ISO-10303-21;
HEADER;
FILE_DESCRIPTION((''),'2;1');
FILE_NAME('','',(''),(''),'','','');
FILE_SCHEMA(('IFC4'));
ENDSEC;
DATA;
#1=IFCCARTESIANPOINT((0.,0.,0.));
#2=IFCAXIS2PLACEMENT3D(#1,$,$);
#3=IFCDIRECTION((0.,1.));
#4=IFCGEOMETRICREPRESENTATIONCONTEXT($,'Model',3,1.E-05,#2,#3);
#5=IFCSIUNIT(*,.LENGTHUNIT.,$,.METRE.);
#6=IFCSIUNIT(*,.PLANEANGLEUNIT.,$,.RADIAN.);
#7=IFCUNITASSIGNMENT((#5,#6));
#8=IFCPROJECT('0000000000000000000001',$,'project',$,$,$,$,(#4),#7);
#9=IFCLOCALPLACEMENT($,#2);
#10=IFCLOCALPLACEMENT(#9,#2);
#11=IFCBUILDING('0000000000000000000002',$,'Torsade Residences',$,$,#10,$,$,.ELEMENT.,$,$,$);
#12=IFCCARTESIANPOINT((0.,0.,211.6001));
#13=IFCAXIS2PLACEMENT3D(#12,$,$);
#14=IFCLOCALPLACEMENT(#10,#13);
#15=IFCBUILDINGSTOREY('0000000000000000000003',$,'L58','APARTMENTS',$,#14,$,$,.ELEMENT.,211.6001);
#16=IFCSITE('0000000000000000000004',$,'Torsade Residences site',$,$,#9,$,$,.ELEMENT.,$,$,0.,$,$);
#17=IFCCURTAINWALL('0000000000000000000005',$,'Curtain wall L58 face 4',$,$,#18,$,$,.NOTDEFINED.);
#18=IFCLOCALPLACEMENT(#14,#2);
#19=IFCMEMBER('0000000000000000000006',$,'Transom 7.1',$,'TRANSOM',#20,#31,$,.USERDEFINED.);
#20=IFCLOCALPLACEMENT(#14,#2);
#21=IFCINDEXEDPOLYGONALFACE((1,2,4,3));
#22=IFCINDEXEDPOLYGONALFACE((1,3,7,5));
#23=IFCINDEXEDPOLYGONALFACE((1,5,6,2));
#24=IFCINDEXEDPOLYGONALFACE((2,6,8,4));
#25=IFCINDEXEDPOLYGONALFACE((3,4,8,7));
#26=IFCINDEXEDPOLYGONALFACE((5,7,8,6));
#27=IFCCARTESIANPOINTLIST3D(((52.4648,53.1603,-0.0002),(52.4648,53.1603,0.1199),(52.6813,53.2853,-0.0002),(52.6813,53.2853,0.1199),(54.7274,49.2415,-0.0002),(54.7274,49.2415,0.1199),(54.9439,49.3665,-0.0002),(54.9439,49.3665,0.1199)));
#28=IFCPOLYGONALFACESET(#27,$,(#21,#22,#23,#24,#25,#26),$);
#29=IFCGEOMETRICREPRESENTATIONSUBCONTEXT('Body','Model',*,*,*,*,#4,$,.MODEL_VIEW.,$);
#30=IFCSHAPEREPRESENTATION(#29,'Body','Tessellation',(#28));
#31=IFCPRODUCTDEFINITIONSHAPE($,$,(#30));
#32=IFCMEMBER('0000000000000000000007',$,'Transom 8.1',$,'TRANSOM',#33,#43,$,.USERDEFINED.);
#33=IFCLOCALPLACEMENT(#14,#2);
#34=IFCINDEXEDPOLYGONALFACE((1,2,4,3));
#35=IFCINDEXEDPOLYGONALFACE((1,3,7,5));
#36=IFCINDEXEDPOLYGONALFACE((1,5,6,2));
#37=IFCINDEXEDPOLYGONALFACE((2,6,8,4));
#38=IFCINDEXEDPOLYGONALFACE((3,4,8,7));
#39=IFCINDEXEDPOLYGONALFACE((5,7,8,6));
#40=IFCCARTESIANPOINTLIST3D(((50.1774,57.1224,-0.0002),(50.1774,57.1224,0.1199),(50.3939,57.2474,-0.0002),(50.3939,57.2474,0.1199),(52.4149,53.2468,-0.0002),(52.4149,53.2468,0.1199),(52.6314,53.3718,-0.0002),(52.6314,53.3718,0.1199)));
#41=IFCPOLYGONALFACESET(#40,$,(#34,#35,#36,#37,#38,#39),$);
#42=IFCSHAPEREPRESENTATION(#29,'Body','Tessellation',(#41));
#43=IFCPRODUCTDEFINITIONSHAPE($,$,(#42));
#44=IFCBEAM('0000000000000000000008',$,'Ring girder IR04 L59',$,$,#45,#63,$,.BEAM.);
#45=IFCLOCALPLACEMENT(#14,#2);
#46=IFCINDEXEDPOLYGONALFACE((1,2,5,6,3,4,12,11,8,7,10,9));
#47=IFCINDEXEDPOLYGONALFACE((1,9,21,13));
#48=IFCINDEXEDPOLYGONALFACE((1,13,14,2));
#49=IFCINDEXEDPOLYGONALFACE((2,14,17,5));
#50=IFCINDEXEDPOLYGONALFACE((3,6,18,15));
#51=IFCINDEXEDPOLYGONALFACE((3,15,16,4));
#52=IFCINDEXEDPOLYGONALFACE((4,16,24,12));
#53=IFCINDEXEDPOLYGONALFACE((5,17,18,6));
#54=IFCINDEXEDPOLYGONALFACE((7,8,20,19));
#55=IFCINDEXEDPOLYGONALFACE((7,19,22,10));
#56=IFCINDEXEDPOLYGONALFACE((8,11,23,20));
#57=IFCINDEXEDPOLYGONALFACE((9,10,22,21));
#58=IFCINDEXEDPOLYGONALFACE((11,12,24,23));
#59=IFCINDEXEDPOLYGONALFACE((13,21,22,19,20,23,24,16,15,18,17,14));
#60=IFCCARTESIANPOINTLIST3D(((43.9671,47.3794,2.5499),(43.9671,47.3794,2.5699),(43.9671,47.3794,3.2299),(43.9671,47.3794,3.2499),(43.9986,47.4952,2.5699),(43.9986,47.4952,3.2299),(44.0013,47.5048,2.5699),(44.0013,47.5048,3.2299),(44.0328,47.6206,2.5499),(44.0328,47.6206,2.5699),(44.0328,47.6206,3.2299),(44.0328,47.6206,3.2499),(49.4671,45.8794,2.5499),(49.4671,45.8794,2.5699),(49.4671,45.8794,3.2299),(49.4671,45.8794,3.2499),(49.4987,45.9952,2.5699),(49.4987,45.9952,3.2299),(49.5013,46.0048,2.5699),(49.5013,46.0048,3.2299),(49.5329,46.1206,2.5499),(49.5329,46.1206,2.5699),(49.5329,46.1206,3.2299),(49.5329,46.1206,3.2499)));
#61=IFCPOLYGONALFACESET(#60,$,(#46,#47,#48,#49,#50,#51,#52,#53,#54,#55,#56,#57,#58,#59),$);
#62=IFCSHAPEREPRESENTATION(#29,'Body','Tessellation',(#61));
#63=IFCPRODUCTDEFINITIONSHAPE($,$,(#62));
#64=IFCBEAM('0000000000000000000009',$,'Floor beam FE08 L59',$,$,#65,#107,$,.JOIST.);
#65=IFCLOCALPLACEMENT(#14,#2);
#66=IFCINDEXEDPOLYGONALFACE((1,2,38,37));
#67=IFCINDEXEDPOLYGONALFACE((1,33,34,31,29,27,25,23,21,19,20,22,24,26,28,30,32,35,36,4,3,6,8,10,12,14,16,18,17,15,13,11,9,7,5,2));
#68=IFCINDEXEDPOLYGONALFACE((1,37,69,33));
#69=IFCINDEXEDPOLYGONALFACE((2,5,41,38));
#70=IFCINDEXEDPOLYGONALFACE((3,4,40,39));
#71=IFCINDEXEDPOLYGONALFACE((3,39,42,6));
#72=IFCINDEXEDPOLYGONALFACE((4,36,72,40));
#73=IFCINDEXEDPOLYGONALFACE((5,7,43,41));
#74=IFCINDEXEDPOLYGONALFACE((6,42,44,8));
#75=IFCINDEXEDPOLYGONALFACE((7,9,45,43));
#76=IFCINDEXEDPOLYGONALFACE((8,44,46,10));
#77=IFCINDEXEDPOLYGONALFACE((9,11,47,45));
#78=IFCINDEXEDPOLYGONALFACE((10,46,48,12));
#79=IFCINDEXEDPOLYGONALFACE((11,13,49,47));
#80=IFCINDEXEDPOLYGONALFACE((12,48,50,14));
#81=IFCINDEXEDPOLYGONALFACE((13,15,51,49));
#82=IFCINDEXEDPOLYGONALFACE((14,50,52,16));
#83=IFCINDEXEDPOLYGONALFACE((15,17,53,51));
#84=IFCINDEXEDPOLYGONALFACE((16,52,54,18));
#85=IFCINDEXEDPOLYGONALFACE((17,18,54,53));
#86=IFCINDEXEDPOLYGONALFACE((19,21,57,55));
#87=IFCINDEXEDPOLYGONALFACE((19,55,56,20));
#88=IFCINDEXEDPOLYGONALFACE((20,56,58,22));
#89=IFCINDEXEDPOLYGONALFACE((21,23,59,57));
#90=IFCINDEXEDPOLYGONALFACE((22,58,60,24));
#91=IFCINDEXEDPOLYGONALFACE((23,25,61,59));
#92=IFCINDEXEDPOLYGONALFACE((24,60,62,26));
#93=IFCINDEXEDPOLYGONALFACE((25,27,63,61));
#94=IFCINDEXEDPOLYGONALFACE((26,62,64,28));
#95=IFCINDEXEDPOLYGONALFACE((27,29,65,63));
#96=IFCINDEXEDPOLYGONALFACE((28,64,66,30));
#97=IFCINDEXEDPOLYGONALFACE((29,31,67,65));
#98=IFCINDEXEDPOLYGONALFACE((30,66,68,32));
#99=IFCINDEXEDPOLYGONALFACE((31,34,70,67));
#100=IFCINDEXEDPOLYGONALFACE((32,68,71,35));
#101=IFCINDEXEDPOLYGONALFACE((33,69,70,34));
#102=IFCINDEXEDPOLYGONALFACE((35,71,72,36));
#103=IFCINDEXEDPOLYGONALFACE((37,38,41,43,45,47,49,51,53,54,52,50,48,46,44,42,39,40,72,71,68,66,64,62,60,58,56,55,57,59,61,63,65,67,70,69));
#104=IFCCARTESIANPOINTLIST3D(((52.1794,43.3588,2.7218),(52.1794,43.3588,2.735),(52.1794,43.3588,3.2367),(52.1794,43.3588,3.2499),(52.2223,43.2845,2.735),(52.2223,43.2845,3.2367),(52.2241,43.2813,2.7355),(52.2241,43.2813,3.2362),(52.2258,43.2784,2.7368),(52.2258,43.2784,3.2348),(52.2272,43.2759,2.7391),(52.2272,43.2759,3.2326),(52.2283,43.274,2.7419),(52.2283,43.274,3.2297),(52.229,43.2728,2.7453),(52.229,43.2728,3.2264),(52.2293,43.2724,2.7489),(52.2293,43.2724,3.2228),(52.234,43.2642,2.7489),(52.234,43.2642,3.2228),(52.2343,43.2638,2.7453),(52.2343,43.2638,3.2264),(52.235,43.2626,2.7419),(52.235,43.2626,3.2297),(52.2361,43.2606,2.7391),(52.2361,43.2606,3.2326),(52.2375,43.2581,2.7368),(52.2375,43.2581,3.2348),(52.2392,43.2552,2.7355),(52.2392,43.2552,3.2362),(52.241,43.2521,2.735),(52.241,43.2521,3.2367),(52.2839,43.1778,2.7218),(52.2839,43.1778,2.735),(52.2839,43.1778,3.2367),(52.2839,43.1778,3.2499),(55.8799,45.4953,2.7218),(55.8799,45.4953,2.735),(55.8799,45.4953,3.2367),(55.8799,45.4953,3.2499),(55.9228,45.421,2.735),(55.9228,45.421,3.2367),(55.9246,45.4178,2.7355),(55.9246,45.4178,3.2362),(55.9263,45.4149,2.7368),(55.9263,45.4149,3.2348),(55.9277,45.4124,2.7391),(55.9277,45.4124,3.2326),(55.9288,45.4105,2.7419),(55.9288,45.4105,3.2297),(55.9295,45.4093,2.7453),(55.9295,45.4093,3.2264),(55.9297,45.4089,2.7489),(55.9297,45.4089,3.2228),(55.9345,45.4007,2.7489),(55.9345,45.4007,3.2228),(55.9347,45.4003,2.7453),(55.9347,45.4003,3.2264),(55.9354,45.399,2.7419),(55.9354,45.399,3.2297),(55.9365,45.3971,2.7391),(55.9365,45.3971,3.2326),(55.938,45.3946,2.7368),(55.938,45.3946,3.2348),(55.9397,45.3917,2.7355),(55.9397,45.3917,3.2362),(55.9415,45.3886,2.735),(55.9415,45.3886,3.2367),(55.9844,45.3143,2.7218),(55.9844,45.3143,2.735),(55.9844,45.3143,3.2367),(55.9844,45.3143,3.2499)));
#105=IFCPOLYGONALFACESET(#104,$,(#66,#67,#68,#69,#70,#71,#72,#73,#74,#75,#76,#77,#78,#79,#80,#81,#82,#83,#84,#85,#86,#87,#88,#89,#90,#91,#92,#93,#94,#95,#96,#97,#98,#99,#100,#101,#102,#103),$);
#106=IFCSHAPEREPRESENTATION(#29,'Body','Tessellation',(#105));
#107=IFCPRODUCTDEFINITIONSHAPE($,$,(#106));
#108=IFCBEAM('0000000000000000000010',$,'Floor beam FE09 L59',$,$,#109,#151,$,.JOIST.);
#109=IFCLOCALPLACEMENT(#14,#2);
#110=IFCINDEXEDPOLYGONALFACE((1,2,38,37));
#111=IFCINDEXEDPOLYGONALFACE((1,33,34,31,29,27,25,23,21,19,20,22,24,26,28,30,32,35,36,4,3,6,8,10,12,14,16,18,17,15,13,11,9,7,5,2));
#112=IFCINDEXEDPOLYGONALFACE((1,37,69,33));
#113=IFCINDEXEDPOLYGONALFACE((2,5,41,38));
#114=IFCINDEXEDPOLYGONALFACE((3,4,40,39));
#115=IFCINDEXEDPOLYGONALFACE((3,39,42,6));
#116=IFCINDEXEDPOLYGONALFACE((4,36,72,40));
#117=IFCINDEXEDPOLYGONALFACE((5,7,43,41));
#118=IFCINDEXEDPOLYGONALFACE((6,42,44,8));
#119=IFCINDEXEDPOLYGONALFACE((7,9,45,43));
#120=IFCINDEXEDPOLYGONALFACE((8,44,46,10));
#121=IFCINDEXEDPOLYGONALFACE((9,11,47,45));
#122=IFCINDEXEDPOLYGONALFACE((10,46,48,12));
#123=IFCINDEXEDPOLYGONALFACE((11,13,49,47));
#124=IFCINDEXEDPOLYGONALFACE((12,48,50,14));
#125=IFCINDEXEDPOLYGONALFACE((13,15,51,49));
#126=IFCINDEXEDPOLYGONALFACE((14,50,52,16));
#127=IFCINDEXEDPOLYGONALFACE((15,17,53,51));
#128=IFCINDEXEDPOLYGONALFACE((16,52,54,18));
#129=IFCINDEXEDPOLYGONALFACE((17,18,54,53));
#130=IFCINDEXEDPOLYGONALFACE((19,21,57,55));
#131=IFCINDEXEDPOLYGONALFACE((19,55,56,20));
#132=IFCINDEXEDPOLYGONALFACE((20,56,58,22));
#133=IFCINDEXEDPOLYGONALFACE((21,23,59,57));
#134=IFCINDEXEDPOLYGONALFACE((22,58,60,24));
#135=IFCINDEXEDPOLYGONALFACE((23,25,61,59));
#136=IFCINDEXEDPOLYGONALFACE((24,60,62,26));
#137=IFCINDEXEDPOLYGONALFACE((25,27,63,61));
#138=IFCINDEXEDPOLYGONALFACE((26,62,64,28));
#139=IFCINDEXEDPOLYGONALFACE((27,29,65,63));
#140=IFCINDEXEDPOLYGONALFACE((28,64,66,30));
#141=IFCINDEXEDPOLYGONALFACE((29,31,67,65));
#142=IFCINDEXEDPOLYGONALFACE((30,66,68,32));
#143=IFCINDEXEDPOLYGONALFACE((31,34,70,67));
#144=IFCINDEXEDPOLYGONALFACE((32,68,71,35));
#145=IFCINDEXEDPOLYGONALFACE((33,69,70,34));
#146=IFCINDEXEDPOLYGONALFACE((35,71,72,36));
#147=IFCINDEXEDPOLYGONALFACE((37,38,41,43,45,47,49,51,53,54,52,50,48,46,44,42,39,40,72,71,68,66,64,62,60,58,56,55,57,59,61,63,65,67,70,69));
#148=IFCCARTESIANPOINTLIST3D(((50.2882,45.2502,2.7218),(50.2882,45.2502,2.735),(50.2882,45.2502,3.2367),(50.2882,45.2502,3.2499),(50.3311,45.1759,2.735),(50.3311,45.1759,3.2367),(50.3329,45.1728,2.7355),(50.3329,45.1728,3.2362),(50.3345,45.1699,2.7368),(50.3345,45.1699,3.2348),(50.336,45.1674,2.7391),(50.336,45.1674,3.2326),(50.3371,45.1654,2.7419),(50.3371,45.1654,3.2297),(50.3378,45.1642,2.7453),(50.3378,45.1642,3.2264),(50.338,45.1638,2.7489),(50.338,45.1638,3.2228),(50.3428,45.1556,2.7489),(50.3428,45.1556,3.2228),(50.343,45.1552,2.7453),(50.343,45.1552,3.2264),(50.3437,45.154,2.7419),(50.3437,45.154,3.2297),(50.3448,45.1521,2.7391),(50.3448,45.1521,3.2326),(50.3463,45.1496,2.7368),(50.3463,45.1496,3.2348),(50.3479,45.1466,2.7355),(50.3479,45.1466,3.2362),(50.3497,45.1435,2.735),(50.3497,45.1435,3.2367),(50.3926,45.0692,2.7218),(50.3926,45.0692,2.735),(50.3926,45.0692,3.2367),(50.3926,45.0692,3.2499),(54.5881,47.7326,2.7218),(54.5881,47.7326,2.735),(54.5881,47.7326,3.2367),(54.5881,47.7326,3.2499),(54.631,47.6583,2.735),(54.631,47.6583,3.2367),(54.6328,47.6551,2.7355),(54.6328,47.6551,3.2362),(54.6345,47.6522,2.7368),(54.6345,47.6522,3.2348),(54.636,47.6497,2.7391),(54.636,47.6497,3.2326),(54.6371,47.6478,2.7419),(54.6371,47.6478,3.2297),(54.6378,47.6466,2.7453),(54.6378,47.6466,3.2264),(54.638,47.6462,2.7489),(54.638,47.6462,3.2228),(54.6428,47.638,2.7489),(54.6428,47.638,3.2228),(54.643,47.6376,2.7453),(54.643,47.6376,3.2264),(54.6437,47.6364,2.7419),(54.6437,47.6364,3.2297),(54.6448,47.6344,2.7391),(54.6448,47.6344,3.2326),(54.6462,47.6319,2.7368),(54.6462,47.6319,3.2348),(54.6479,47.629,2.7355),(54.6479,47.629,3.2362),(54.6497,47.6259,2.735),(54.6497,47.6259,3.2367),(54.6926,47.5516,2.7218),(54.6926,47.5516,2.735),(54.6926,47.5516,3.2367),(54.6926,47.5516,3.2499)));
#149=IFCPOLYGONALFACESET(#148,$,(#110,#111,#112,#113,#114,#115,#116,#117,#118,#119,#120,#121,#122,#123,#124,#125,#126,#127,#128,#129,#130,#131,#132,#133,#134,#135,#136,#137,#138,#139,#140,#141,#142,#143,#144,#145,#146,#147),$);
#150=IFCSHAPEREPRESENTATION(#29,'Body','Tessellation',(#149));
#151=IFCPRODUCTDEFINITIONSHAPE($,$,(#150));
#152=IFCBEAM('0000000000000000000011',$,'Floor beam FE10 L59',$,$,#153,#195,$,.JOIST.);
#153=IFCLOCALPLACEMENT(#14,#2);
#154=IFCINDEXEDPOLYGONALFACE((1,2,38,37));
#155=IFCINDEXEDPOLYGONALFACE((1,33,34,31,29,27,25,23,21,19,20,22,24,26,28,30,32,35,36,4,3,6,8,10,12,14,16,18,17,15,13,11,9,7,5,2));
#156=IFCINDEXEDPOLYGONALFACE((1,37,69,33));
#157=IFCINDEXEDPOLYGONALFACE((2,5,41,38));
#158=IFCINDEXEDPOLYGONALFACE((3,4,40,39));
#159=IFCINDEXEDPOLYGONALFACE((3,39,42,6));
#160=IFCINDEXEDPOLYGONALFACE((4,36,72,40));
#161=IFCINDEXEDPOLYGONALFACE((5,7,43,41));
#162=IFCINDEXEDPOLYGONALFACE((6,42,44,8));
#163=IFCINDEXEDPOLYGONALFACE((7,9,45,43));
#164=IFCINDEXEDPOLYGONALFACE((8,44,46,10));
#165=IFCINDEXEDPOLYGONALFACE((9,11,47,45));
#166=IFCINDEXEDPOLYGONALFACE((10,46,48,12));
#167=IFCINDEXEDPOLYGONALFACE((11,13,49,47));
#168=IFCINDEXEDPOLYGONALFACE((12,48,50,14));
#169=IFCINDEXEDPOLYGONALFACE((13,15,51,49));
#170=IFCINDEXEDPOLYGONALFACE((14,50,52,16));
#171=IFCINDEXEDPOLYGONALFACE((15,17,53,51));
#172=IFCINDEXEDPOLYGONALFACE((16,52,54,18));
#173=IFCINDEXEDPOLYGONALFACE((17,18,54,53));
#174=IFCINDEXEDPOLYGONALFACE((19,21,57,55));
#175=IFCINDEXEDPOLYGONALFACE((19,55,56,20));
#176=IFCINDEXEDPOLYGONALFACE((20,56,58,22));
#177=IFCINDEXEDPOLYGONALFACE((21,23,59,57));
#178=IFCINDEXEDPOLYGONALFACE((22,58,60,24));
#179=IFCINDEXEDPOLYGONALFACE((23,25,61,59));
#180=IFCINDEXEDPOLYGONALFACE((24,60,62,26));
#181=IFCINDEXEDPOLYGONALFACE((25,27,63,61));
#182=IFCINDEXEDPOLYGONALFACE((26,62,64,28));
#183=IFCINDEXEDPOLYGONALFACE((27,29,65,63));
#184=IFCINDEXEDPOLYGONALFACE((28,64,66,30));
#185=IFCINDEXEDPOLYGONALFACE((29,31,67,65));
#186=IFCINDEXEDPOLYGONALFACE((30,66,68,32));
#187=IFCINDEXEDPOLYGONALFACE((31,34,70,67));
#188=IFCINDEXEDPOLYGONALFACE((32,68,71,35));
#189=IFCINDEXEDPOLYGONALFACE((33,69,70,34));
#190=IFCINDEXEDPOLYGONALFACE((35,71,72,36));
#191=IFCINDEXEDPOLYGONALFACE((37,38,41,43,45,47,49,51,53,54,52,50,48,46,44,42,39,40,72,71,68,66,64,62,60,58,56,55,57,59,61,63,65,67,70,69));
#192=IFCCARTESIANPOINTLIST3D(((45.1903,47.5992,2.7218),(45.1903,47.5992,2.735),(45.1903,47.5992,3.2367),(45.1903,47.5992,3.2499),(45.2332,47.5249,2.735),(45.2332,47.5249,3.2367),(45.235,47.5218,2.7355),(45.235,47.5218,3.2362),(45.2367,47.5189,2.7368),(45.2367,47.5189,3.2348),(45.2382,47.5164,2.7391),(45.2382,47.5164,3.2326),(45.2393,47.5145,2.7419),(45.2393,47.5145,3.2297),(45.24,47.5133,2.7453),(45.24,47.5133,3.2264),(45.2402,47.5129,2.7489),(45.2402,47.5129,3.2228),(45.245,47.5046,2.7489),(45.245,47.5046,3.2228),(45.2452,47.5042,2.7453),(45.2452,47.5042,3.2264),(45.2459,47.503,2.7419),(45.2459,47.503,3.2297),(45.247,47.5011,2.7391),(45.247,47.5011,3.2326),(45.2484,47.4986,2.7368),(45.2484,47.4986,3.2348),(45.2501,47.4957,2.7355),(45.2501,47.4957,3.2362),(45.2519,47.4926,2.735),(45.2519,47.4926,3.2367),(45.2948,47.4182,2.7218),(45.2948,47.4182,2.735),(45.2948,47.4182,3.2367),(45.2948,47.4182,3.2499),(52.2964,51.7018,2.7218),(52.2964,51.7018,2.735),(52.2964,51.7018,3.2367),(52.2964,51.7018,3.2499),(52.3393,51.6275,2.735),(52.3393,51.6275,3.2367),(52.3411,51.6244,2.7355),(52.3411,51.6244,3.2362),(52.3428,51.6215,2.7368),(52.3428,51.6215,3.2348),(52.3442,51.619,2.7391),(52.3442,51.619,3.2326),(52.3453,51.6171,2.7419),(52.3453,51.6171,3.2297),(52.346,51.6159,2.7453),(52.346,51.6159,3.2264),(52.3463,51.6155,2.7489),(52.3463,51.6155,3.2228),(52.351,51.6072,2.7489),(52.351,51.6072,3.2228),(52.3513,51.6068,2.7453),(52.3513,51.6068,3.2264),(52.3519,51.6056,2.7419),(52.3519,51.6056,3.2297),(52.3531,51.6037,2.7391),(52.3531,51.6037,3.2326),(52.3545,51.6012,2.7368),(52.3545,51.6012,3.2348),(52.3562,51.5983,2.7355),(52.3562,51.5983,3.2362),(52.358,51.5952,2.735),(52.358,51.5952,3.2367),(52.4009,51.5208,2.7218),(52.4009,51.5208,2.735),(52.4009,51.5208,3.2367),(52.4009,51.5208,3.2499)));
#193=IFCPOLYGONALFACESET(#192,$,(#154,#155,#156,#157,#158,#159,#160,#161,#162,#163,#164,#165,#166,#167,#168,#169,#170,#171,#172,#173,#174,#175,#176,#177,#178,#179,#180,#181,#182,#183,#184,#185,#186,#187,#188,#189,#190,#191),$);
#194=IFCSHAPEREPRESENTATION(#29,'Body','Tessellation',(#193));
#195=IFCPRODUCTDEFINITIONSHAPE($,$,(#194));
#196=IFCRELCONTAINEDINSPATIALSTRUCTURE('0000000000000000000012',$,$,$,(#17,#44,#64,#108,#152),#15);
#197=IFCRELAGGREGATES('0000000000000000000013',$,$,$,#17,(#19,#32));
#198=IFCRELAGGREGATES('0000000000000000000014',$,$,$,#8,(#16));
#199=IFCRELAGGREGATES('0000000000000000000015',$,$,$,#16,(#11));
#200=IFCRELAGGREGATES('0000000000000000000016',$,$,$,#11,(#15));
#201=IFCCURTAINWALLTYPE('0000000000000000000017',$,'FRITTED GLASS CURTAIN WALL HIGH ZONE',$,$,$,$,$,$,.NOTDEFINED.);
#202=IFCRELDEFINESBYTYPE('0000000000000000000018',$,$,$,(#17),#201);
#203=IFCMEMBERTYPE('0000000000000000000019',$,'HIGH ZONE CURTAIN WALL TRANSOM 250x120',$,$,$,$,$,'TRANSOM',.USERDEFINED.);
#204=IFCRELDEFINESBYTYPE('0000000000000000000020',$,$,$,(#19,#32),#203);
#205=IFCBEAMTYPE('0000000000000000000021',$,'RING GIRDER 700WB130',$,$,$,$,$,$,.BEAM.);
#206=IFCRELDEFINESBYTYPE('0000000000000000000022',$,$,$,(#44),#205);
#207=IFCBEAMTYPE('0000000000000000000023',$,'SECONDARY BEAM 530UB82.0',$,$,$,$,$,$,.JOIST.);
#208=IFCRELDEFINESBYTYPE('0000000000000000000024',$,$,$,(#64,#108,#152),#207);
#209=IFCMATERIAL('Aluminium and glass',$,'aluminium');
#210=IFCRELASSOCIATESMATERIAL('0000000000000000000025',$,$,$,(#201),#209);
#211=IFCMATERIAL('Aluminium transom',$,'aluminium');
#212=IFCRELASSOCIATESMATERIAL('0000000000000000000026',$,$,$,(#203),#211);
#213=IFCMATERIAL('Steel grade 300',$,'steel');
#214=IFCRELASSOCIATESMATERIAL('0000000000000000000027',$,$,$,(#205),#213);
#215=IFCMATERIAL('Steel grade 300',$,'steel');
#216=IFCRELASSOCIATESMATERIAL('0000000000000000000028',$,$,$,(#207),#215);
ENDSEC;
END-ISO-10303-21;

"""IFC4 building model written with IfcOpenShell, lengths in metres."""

from ifc_helpers import new_model, si_unit, direction, frame, origin, origin_2d, place, context, subcontext, project, spatial, rectangle, i_section, extrude, material, material_profile, profile_set, type_object, element, aggregate, save


model = new_model("IFC4")

# Units and contexts
model_context = context("Model", 3, precision=1e-05, world=origin(), true_north=direction((0.0, 1.0)))
body_context = subcontext(model_context, "Body", "Model", "MODEL_VIEW")
ifc_project = project(units=[si_unit("LENGTHUNIT", "METRE"), si_unit("PLANEANGLEUNIT", "RADIAN")], contexts=[model_context])

# Site, building, storey
site_placement = place(None, origin())
site = spatial("IfcSite", under=ifc_project, at=site_placement, Name="Torsade Residences site", CompositionType="ELEMENT", RefElevation=0.0)
building_placement = place(site_placement, origin())
building = spatial("IfcBuilding", under=site, at=building_placement, Name="Torsade Residences", CompositionType="ELEMENT")
storey_placement = place(building_placement, frame((0.0, 0.0, 211.6001)))
storey = spatial("IfcBuildingStorey", under=building, at=storey_placement, Name="L58", Description="APARTMENTS", CompositionType="ELEMENT", Elevation=211.6001)

# Curtain wall, members
ifc_material_1 = material(Name="Aluminium and glass", Category="aluminium")
curtain_wall_type = type_object("IfcCurtainWallType", Name="FRITTED GLASS CURTAIN WALL HIGH ZONE", PredefinedType="NOTDEFINED", material=ifc_material_1)
curtain_wall_placement = place(storey_placement, origin())
curtain_wall = element("IfcCurtainWall", 1, at=curtain_wall_placement, inside=storey, type_object=curtain_wall_type, Name="Curtain wall L58 face 4", PredefinedType="NOTDEFINED")
ifc_material_2 = material(Name="Aluminium transom", Category="aluminium")
ifc_material_profile_1 = material_profile(ifc_material_2, rectangle(XDim=0.25, YDim=0.1201, at=origin_2d()), Name="HIGH ZONE CURTAIN WALL TRANSOM 250x120")
ifc_profile_set_1 = profile_set([ifc_material_profile_1], Name="Aluminium transom")
member_type_1 = type_object("IfcMemberType", Name="HIGH ZONE CURTAIN WALL TRANSOM 250x120", ElementType="TRANSOM", PredefinedType="USERDEFINED", material=ifc_profile_set_1)
member_1_placement = place(storey_placement, frame((54.8357, 49.304, 0.0598), z_axis=(-0.500015, 0.866017, 0.0), x_axis=(-0.866017, -0.500015, 0.0)))
member_1 = element("IfcMember", 2, at=member_1_placement, type_object=member_type_1, Name="Transom 7.1", ObjectType="TRANSOM", PredefinedType="USERDEFINED", context=body_context, shape_type="SweptSolid", body=[
    extrude(rectangle(XDim=0.25, YDim=0.1201, at=origin_2d()), origin(), (0.0, 0.0, 1.0), 4.5251),
])
member_2_placement = place(storey_placement, frame((52.5232, 53.3093, 0.0598), z_axis=(-0.500006, 0.866022, 0.0), x_axis=(-0.866022, -0.500006, 0.0)))
member_2 = element("IfcMember", 3, at=member_2_placement, type_object=member_type_1, Name="Transom 8.1", ObjectType="TRANSOM", PredefinedType="USERDEFINED", context=body_context, shape_type="SweptSolid", body=[
    extrude(rectangle(XDim=0.25, YDim=0.1201, at=origin_2d()), origin(), (0.0, 0.0, 1.0), 4.4751),
])

# Beams
ifc_material_3 = material(Name="Steel grade 300", Category="steel")
ifc_material_profile_2 = material_profile(ifc_material_3, i_section(OverallWidth=0.25, OverallDepth=0.7, WebThickness=0.01, FlangeThickness=0.02, at=origin_2d()), Name="700WB130")
ifc_profile_set_2 = profile_set([ifc_material_profile_2], Name="Steel grade 300")
beam_type_1 = type_object("IfcBeamType", Name="RING GIRDER 700WB130", PredefinedType="BEAM", material=ifc_profile_set_2)
beam_1_placement = place(storey_placement, frame((49.5, 46.0, 2.8999), z_axis=(-0.964764, 0.263117, 0.0), x_axis=(-0.263117, -0.964764, 0.0)))
element("IfcBeam", 4, at=beam_1_placement, inside=storey, type_object=beam_type_1, Name="Ring girder IR04 L59", PredefinedType="BEAM", context=body_context, shape_type="SweptSolid", body=[
    extrude(i_section(OverallWidth=0.25, OverallDepth=0.7, WebThickness=0.01, FlangeThickness=0.02, at=origin_2d()), origin(), (0.0, 0.0, 1.0), 5.7009),
])
ifc_material_4 = material(Name="Steel grade 300", Category="steel")
ifc_material_profile_3 = material_profile(ifc_material_4, i_section(OverallWidth=0.209, OverallDepth=0.5281, WebThickness=0.0095, FlangeThickness=0.0132, FilletRadius=0.0139, at=origin_2d()), Name="530UB82.0")
ifc_profile_set_3 = profile_set([ifc_material_profile_3], Name="Steel grade 300")
beam_type_2 = type_object("IfcBeamType", Name="SECONDARY BEAM 530UB82.0", PredefinedType="JOIST", material=ifc_profile_set_3)
beam_2_placement = place(storey_placement, frame((55.9321, 45.4048, 2.9858), z_axis=(-0.866023, -0.500004, 0.0), x_axis=(0.500004, -0.866023, 0.0)))
element("IfcBeam", 5, at=beam_2_placement, inside=storey, type_object=beam_type_2, Name="Floor beam FE08 L59", PredefinedType="JOIST", context=body_context, shape_type="SweptSolid", body=[
    extrude(i_section(OverallWidth=0.209, OverallDepth=0.5281, WebThickness=0.0095, FlangeThickness=0.0132, FilletRadius=0.0139, at=origin_2d()), origin(), (0.0, 0.0, 1.0), 4.2729),
])
beam_3_placement = place(storey_placement, frame((54.6404, 47.6421, 2.9858), z_axis=(-0.866044, -0.499968, 0.0), x_axis=(0.499968, -0.866044, 0.0)))
element("IfcBeam", 6, at=beam_3_placement, inside=storey, type_object=beam_type_2, Name="Floor beam FE09 L59", PredefinedType="JOIST", context=body_context, shape_type="SweptSolid", body=[
    extrude(i_section(OverallWidth=0.209, OverallDepth=0.5281, WebThickness=0.0095, FlangeThickness=0.0132, FilletRadius=0.0139, at=origin_2d()), origin(), (0.0, 0.0, 1.0), 4.9651),
])
beam_4_placement = place(storey_placement, frame((52.3486, 51.6113, 2.9858), z_axis=(-0.86603, -0.499992, 0.0), x_axis=(0.499992, -0.86603, 0.0)))
element("IfcBeam", 7, at=beam_4_placement, inside=storey, type_object=beam_type_2, Name="Floor beam FE10 L59", PredefinedType="JOIST", context=body_context, shape_type="SweptSolid", body=[
    extrude(i_section(OverallWidth=0.209, OverallDepth=0.5281, WebThickness=0.0095, FlangeThickness=0.0132, FilletRadius=0.0139, at=origin_2d()), origin(), (0.0, 0.0, 1.0), 8.2053),
])

aggregate(curtain_wall, [member_1, member_2])

save(model, "model.ifc")
